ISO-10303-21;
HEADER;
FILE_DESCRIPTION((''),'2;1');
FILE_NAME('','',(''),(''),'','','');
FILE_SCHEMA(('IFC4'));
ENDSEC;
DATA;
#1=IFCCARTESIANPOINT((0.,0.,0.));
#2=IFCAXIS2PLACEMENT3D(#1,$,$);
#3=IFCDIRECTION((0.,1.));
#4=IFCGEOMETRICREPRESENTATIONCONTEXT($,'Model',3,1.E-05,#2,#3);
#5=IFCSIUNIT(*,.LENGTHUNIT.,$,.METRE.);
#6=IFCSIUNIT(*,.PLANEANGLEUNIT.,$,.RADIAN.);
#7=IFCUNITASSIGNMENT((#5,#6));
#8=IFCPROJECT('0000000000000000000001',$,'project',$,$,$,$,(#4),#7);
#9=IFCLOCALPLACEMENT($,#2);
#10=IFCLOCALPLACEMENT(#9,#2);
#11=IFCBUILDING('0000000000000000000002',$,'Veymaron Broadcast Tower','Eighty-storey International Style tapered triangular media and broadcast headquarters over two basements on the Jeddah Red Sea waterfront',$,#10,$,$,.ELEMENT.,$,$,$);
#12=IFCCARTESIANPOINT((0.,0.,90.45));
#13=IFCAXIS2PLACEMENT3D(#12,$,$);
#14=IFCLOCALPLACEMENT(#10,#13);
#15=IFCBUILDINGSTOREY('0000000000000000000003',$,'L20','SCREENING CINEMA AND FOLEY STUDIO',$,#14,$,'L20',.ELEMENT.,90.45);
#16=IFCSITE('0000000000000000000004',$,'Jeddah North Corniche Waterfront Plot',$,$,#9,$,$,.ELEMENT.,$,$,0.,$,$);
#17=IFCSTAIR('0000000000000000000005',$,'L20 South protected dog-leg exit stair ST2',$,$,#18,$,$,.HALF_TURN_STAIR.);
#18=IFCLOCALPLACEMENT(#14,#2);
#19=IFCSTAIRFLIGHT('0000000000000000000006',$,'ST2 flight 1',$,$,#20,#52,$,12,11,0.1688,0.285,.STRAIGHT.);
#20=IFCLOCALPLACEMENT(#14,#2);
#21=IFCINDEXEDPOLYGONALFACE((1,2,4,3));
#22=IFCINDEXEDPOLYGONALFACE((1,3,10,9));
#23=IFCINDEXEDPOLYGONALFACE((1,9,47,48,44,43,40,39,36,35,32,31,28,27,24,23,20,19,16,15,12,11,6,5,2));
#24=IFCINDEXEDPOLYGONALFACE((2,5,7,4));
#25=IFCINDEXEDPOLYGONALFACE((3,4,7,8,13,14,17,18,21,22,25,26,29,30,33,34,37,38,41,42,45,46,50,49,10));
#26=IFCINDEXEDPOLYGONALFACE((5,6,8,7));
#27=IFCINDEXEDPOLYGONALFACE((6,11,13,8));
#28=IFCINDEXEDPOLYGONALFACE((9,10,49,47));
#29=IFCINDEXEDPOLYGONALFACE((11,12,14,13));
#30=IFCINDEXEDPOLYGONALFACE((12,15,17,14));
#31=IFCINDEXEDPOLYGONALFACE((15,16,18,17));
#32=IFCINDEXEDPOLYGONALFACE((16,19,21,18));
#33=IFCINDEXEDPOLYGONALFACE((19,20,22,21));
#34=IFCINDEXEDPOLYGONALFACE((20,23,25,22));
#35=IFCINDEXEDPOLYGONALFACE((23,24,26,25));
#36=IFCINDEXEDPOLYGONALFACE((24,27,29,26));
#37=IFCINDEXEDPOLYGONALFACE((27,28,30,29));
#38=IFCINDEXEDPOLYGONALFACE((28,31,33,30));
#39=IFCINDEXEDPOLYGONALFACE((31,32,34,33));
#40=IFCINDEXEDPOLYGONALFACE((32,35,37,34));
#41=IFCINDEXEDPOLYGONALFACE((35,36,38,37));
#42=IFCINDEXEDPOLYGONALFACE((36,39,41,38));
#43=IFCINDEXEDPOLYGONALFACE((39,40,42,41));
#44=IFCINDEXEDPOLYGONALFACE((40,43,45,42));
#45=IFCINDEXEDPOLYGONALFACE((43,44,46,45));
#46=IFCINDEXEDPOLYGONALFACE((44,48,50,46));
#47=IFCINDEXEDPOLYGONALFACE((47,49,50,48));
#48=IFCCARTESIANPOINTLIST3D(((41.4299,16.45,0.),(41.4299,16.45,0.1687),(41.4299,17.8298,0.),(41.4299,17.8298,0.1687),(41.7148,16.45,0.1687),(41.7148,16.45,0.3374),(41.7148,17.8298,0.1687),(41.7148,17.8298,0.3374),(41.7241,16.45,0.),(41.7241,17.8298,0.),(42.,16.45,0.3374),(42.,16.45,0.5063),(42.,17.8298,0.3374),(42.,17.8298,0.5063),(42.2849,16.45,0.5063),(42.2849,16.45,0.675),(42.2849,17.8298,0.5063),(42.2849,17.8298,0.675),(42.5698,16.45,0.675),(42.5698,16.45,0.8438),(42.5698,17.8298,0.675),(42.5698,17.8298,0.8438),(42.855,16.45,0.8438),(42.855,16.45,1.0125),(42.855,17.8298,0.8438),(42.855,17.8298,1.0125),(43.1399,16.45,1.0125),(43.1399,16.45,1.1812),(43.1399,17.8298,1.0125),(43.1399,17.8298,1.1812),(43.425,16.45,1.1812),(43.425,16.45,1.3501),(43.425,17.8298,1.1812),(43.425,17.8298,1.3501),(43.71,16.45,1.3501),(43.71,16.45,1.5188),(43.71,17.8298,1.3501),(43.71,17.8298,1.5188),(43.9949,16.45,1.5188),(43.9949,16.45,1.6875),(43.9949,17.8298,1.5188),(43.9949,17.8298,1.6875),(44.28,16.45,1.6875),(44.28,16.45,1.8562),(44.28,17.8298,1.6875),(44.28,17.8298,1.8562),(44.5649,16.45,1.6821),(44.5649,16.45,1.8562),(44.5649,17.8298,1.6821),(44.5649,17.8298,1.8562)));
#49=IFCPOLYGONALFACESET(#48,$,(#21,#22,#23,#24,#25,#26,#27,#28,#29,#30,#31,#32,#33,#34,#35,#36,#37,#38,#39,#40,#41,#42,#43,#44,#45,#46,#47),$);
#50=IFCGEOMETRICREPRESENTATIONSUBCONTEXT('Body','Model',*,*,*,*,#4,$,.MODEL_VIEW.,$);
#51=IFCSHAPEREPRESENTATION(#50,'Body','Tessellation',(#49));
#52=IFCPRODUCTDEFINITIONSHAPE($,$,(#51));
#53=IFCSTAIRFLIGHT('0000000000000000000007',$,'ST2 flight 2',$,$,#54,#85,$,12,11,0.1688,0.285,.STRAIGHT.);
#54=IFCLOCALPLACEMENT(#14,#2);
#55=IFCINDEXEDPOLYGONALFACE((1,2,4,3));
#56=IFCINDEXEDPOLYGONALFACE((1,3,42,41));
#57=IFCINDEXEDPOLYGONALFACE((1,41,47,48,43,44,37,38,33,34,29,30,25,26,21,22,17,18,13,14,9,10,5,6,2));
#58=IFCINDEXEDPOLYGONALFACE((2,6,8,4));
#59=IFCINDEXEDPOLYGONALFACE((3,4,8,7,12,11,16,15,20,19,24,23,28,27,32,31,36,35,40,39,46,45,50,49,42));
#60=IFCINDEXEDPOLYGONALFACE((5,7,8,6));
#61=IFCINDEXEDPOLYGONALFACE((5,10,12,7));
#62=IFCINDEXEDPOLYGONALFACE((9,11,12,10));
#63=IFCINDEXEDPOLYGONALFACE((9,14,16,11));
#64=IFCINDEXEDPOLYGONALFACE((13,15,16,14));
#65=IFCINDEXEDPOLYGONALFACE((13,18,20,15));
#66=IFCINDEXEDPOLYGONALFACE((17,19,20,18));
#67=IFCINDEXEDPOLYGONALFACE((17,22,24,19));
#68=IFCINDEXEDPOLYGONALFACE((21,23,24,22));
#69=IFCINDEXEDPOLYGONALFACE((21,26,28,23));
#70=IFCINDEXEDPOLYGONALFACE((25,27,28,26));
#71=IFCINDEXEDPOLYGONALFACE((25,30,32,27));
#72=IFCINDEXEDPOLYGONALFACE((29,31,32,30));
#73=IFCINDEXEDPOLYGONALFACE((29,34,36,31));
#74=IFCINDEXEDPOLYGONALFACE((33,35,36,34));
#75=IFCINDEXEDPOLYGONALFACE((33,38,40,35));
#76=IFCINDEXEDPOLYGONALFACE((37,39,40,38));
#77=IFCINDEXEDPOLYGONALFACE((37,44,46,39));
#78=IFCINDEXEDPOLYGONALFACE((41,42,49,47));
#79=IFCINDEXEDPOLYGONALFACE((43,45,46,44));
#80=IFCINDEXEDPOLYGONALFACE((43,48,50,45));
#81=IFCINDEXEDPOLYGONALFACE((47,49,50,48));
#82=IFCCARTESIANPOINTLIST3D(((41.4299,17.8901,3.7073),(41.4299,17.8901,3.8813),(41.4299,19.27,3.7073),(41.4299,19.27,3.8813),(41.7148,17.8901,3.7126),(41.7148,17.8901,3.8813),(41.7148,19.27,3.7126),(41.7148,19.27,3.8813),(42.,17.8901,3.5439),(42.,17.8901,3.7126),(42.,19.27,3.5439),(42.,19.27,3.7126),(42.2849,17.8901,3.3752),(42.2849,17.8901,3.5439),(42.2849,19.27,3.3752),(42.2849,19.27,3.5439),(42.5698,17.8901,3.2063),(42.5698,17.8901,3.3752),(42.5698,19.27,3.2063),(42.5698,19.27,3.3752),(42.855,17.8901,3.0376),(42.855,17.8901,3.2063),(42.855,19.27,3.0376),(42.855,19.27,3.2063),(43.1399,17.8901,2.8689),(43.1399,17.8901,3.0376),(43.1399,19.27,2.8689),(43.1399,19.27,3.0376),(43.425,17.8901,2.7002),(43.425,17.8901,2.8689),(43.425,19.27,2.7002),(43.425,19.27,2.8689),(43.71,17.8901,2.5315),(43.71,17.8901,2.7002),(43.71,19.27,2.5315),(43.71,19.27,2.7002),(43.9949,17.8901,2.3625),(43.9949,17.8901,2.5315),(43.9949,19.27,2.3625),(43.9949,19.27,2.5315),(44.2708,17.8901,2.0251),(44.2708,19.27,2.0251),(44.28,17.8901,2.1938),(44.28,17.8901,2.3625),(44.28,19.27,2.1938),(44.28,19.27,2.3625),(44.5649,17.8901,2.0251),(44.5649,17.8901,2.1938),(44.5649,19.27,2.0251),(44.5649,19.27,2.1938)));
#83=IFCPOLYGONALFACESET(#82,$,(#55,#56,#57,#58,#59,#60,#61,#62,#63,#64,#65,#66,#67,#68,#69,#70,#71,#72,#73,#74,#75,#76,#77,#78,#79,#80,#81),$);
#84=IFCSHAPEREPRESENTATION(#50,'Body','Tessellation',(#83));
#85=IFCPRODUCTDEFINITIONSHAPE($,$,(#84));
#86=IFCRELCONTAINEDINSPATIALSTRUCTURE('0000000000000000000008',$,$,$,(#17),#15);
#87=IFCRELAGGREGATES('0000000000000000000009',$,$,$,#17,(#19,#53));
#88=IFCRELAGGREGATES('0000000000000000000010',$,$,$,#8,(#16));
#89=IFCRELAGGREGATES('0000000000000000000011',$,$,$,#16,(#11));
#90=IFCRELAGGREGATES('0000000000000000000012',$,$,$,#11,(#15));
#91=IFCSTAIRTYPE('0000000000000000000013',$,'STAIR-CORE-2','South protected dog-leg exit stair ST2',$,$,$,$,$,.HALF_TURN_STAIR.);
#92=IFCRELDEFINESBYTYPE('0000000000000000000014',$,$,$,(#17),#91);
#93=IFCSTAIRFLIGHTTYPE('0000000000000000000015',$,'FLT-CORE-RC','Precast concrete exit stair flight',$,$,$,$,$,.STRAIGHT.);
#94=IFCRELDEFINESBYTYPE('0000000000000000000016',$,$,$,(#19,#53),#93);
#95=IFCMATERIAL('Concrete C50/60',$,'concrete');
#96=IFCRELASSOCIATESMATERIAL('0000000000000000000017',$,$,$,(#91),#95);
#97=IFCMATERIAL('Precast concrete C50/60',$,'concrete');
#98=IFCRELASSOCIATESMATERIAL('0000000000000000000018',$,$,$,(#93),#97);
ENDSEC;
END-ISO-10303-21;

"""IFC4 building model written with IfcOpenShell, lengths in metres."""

from ifc_helpers import new_model, si_unit, direction, frame, origin, place, context, subcontext, project, spatial, polyline, outline, extrude, material, type_object, element, aggregate, save


model = new_model("IFC4")

# Units and contexts
model_context = context("Model", 3, precision=1e-05, world=origin(), true_north=direction((0.0, 1.0)))
body_context = subcontext(model_context, "Body", "Model", "MODEL_VIEW")
ifc_project = project(units=[si_unit("LENGTHUNIT", "METRE"), si_unit("PLANEANGLEUNIT", "RADIAN")], contexts=[model_context])

# Site, building, storey
site_placement = place(None, origin())
site = spatial("IfcSite", under=ifc_project, at=site_placement, Name="Jeddah North Corniche Waterfront Plot", CompositionType="ELEMENT", RefElevation=0.0)
building_placement = place(site_placement, origin())
building = spatial("IfcBuilding", under=site, at=building_placement, Name="Veymaron Broadcast Tower", Description="Eighty-storey International Style tapered triangular media and broadcast headquarters over two basements on the Jeddah Red Sea waterfront", CompositionType="ELEMENT")
storey_placement = place(building_placement, frame((0.0, 0.0, 90.45)))
storey = spatial("IfcBuildingStorey", under=building, at=storey_placement, Name="L20", Description="SCREENING CINEMA AND FOLEY STUDIO", LongName="L20", CompositionType="ELEMENT", Elevation=90.45)

# Shared definitions
ifc_material_1 = material(Name="Concrete C50/60", Category="concrete")

# Stair, stair flights
stair_type = type_object("IfcStairType", Name="STAIR-CORE-2", Description="South protected dog-leg exit stair ST2", PredefinedType="HALF_TURN_STAIR", material=ifc_material_1)
stair_placement = place(storey_placement, origin())
stair = element("IfcStair", 1, at=stair_placement, inside=storey, type_object=stair_type, Name="L20 South protected dog-leg exit stair ST2", PredefinedType="HALF_TURN_STAIR")
ifc_material_2 = material(Name="Precast concrete C50/60", Category="concrete")
stair_flight_type = type_object("IfcStairFlightType", Name="FLT-CORE-RC", Description="Precast concrete exit stair flight", PredefinedType="STRAIGHT", material=ifc_material_2)
stair_flight_1_placement = place(storey_placement, frame((41.4299, 17.1399, 0.0), z_axis=(0.0, 0.0, 1.0), x_axis=(1.0, 0.0, 0.0)))
stair_flight_1 = element("IfcStairFlight", 2, at=stair_flight_1_placement, type_object=stair_flight_type, Name="ST2 flight 1", NumberOfRisers=12, NumberOfTreads=11, PredefinedType="STRAIGHT", RiserHeight=0.1688, TreadLength=0.285, context=body_context, shape_type="SweptSolid", body=[
    extrude(outline(polyline([(0.0, 0.0), (0.0, 0.1687), (0.2849, 0.1687), (0.2849, 0.3374), (0.5701, 0.3374), (0.5701, 0.5063), (0.855, 0.5063), (0.855, 0.675), (1.1399, 0.675), (1.1399, 0.8438), (1.425, 0.8438), (1.425, 1.0125), (1.71, 1.0125), (1.71, 1.1812), (1.9951, 1.1812), (1.9951, 1.3501), (2.28, 1.3501), (2.28, 1.5188), (2.5649, 1.5188), (2.5649, 1.6875), (2.8501, 1.6875), (2.8501, 1.8562), (3.135, 1.8562), (3.135, 2.0249), (3.135, 1.6821), (0.2942, 0.0), (0.0, 0.0)])), frame((0.0, 0.6899, 0.0), z_axis=(0.0, -1.0, 0.0), x_axis=(1.0, 0.0, 0.0)), (0.0, 0.0, 1.0), 1.3799),
])
stair_flight_2_placement = place(storey_placement, frame((44.5649, 18.5801, 2.0251), z_axis=(0.0, 0.0, 1.0), x_axis=(-1.0, 0.0, 0.0)))
stair_flight_2 = element("IfcStairFlight", 3, at=stair_flight_2_placement, type_object=stair_flight_type, Name="ST2 flight 2", NumberOfRisers=12, NumberOfTreads=11, PredefinedType="STRAIGHT", RiserHeight=0.1688, TreadLength=0.285, context=body_context, shape_type="SweptSolid", body=[
    extrude(outline(polyline([(0.0, 0.0), (0.0, 0.1687), (0.2849, 0.1687), (0.2849, 0.3374), (0.5701, 0.3374), (0.5701, 0.5063), (0.855, 0.5063), (0.855, 0.675), (1.1399, 0.675), (1.1399, 0.8438), (1.425, 0.8438), (1.425, 1.0125), (1.71, 1.0125), (1.71, 1.1812), (1.9951, 1.1812), (1.9951, 1.3501), (2.28, 1.3501), (2.28, 1.5188), (2.5649, 1.5188), (2.5649, 1.6875), (2.8501, 1.6875), (2.8501, 1.8562), (3.135, 1.8562), (3.135, 2.0249), (3.135, 1.6821), (0.2942, 0.0), (0.0, 0.0)])), frame((0.0, 0.6899, 0.0), z_axis=(0.0, -1.0, 0.0), x_axis=(1.0, 0.0, 0.0)), (0.0, 0.0, 1.0), 1.3799),
])
aggregate(stair, [stair_flight_1, stair_flight_2])

save(model, "model.ifc")
